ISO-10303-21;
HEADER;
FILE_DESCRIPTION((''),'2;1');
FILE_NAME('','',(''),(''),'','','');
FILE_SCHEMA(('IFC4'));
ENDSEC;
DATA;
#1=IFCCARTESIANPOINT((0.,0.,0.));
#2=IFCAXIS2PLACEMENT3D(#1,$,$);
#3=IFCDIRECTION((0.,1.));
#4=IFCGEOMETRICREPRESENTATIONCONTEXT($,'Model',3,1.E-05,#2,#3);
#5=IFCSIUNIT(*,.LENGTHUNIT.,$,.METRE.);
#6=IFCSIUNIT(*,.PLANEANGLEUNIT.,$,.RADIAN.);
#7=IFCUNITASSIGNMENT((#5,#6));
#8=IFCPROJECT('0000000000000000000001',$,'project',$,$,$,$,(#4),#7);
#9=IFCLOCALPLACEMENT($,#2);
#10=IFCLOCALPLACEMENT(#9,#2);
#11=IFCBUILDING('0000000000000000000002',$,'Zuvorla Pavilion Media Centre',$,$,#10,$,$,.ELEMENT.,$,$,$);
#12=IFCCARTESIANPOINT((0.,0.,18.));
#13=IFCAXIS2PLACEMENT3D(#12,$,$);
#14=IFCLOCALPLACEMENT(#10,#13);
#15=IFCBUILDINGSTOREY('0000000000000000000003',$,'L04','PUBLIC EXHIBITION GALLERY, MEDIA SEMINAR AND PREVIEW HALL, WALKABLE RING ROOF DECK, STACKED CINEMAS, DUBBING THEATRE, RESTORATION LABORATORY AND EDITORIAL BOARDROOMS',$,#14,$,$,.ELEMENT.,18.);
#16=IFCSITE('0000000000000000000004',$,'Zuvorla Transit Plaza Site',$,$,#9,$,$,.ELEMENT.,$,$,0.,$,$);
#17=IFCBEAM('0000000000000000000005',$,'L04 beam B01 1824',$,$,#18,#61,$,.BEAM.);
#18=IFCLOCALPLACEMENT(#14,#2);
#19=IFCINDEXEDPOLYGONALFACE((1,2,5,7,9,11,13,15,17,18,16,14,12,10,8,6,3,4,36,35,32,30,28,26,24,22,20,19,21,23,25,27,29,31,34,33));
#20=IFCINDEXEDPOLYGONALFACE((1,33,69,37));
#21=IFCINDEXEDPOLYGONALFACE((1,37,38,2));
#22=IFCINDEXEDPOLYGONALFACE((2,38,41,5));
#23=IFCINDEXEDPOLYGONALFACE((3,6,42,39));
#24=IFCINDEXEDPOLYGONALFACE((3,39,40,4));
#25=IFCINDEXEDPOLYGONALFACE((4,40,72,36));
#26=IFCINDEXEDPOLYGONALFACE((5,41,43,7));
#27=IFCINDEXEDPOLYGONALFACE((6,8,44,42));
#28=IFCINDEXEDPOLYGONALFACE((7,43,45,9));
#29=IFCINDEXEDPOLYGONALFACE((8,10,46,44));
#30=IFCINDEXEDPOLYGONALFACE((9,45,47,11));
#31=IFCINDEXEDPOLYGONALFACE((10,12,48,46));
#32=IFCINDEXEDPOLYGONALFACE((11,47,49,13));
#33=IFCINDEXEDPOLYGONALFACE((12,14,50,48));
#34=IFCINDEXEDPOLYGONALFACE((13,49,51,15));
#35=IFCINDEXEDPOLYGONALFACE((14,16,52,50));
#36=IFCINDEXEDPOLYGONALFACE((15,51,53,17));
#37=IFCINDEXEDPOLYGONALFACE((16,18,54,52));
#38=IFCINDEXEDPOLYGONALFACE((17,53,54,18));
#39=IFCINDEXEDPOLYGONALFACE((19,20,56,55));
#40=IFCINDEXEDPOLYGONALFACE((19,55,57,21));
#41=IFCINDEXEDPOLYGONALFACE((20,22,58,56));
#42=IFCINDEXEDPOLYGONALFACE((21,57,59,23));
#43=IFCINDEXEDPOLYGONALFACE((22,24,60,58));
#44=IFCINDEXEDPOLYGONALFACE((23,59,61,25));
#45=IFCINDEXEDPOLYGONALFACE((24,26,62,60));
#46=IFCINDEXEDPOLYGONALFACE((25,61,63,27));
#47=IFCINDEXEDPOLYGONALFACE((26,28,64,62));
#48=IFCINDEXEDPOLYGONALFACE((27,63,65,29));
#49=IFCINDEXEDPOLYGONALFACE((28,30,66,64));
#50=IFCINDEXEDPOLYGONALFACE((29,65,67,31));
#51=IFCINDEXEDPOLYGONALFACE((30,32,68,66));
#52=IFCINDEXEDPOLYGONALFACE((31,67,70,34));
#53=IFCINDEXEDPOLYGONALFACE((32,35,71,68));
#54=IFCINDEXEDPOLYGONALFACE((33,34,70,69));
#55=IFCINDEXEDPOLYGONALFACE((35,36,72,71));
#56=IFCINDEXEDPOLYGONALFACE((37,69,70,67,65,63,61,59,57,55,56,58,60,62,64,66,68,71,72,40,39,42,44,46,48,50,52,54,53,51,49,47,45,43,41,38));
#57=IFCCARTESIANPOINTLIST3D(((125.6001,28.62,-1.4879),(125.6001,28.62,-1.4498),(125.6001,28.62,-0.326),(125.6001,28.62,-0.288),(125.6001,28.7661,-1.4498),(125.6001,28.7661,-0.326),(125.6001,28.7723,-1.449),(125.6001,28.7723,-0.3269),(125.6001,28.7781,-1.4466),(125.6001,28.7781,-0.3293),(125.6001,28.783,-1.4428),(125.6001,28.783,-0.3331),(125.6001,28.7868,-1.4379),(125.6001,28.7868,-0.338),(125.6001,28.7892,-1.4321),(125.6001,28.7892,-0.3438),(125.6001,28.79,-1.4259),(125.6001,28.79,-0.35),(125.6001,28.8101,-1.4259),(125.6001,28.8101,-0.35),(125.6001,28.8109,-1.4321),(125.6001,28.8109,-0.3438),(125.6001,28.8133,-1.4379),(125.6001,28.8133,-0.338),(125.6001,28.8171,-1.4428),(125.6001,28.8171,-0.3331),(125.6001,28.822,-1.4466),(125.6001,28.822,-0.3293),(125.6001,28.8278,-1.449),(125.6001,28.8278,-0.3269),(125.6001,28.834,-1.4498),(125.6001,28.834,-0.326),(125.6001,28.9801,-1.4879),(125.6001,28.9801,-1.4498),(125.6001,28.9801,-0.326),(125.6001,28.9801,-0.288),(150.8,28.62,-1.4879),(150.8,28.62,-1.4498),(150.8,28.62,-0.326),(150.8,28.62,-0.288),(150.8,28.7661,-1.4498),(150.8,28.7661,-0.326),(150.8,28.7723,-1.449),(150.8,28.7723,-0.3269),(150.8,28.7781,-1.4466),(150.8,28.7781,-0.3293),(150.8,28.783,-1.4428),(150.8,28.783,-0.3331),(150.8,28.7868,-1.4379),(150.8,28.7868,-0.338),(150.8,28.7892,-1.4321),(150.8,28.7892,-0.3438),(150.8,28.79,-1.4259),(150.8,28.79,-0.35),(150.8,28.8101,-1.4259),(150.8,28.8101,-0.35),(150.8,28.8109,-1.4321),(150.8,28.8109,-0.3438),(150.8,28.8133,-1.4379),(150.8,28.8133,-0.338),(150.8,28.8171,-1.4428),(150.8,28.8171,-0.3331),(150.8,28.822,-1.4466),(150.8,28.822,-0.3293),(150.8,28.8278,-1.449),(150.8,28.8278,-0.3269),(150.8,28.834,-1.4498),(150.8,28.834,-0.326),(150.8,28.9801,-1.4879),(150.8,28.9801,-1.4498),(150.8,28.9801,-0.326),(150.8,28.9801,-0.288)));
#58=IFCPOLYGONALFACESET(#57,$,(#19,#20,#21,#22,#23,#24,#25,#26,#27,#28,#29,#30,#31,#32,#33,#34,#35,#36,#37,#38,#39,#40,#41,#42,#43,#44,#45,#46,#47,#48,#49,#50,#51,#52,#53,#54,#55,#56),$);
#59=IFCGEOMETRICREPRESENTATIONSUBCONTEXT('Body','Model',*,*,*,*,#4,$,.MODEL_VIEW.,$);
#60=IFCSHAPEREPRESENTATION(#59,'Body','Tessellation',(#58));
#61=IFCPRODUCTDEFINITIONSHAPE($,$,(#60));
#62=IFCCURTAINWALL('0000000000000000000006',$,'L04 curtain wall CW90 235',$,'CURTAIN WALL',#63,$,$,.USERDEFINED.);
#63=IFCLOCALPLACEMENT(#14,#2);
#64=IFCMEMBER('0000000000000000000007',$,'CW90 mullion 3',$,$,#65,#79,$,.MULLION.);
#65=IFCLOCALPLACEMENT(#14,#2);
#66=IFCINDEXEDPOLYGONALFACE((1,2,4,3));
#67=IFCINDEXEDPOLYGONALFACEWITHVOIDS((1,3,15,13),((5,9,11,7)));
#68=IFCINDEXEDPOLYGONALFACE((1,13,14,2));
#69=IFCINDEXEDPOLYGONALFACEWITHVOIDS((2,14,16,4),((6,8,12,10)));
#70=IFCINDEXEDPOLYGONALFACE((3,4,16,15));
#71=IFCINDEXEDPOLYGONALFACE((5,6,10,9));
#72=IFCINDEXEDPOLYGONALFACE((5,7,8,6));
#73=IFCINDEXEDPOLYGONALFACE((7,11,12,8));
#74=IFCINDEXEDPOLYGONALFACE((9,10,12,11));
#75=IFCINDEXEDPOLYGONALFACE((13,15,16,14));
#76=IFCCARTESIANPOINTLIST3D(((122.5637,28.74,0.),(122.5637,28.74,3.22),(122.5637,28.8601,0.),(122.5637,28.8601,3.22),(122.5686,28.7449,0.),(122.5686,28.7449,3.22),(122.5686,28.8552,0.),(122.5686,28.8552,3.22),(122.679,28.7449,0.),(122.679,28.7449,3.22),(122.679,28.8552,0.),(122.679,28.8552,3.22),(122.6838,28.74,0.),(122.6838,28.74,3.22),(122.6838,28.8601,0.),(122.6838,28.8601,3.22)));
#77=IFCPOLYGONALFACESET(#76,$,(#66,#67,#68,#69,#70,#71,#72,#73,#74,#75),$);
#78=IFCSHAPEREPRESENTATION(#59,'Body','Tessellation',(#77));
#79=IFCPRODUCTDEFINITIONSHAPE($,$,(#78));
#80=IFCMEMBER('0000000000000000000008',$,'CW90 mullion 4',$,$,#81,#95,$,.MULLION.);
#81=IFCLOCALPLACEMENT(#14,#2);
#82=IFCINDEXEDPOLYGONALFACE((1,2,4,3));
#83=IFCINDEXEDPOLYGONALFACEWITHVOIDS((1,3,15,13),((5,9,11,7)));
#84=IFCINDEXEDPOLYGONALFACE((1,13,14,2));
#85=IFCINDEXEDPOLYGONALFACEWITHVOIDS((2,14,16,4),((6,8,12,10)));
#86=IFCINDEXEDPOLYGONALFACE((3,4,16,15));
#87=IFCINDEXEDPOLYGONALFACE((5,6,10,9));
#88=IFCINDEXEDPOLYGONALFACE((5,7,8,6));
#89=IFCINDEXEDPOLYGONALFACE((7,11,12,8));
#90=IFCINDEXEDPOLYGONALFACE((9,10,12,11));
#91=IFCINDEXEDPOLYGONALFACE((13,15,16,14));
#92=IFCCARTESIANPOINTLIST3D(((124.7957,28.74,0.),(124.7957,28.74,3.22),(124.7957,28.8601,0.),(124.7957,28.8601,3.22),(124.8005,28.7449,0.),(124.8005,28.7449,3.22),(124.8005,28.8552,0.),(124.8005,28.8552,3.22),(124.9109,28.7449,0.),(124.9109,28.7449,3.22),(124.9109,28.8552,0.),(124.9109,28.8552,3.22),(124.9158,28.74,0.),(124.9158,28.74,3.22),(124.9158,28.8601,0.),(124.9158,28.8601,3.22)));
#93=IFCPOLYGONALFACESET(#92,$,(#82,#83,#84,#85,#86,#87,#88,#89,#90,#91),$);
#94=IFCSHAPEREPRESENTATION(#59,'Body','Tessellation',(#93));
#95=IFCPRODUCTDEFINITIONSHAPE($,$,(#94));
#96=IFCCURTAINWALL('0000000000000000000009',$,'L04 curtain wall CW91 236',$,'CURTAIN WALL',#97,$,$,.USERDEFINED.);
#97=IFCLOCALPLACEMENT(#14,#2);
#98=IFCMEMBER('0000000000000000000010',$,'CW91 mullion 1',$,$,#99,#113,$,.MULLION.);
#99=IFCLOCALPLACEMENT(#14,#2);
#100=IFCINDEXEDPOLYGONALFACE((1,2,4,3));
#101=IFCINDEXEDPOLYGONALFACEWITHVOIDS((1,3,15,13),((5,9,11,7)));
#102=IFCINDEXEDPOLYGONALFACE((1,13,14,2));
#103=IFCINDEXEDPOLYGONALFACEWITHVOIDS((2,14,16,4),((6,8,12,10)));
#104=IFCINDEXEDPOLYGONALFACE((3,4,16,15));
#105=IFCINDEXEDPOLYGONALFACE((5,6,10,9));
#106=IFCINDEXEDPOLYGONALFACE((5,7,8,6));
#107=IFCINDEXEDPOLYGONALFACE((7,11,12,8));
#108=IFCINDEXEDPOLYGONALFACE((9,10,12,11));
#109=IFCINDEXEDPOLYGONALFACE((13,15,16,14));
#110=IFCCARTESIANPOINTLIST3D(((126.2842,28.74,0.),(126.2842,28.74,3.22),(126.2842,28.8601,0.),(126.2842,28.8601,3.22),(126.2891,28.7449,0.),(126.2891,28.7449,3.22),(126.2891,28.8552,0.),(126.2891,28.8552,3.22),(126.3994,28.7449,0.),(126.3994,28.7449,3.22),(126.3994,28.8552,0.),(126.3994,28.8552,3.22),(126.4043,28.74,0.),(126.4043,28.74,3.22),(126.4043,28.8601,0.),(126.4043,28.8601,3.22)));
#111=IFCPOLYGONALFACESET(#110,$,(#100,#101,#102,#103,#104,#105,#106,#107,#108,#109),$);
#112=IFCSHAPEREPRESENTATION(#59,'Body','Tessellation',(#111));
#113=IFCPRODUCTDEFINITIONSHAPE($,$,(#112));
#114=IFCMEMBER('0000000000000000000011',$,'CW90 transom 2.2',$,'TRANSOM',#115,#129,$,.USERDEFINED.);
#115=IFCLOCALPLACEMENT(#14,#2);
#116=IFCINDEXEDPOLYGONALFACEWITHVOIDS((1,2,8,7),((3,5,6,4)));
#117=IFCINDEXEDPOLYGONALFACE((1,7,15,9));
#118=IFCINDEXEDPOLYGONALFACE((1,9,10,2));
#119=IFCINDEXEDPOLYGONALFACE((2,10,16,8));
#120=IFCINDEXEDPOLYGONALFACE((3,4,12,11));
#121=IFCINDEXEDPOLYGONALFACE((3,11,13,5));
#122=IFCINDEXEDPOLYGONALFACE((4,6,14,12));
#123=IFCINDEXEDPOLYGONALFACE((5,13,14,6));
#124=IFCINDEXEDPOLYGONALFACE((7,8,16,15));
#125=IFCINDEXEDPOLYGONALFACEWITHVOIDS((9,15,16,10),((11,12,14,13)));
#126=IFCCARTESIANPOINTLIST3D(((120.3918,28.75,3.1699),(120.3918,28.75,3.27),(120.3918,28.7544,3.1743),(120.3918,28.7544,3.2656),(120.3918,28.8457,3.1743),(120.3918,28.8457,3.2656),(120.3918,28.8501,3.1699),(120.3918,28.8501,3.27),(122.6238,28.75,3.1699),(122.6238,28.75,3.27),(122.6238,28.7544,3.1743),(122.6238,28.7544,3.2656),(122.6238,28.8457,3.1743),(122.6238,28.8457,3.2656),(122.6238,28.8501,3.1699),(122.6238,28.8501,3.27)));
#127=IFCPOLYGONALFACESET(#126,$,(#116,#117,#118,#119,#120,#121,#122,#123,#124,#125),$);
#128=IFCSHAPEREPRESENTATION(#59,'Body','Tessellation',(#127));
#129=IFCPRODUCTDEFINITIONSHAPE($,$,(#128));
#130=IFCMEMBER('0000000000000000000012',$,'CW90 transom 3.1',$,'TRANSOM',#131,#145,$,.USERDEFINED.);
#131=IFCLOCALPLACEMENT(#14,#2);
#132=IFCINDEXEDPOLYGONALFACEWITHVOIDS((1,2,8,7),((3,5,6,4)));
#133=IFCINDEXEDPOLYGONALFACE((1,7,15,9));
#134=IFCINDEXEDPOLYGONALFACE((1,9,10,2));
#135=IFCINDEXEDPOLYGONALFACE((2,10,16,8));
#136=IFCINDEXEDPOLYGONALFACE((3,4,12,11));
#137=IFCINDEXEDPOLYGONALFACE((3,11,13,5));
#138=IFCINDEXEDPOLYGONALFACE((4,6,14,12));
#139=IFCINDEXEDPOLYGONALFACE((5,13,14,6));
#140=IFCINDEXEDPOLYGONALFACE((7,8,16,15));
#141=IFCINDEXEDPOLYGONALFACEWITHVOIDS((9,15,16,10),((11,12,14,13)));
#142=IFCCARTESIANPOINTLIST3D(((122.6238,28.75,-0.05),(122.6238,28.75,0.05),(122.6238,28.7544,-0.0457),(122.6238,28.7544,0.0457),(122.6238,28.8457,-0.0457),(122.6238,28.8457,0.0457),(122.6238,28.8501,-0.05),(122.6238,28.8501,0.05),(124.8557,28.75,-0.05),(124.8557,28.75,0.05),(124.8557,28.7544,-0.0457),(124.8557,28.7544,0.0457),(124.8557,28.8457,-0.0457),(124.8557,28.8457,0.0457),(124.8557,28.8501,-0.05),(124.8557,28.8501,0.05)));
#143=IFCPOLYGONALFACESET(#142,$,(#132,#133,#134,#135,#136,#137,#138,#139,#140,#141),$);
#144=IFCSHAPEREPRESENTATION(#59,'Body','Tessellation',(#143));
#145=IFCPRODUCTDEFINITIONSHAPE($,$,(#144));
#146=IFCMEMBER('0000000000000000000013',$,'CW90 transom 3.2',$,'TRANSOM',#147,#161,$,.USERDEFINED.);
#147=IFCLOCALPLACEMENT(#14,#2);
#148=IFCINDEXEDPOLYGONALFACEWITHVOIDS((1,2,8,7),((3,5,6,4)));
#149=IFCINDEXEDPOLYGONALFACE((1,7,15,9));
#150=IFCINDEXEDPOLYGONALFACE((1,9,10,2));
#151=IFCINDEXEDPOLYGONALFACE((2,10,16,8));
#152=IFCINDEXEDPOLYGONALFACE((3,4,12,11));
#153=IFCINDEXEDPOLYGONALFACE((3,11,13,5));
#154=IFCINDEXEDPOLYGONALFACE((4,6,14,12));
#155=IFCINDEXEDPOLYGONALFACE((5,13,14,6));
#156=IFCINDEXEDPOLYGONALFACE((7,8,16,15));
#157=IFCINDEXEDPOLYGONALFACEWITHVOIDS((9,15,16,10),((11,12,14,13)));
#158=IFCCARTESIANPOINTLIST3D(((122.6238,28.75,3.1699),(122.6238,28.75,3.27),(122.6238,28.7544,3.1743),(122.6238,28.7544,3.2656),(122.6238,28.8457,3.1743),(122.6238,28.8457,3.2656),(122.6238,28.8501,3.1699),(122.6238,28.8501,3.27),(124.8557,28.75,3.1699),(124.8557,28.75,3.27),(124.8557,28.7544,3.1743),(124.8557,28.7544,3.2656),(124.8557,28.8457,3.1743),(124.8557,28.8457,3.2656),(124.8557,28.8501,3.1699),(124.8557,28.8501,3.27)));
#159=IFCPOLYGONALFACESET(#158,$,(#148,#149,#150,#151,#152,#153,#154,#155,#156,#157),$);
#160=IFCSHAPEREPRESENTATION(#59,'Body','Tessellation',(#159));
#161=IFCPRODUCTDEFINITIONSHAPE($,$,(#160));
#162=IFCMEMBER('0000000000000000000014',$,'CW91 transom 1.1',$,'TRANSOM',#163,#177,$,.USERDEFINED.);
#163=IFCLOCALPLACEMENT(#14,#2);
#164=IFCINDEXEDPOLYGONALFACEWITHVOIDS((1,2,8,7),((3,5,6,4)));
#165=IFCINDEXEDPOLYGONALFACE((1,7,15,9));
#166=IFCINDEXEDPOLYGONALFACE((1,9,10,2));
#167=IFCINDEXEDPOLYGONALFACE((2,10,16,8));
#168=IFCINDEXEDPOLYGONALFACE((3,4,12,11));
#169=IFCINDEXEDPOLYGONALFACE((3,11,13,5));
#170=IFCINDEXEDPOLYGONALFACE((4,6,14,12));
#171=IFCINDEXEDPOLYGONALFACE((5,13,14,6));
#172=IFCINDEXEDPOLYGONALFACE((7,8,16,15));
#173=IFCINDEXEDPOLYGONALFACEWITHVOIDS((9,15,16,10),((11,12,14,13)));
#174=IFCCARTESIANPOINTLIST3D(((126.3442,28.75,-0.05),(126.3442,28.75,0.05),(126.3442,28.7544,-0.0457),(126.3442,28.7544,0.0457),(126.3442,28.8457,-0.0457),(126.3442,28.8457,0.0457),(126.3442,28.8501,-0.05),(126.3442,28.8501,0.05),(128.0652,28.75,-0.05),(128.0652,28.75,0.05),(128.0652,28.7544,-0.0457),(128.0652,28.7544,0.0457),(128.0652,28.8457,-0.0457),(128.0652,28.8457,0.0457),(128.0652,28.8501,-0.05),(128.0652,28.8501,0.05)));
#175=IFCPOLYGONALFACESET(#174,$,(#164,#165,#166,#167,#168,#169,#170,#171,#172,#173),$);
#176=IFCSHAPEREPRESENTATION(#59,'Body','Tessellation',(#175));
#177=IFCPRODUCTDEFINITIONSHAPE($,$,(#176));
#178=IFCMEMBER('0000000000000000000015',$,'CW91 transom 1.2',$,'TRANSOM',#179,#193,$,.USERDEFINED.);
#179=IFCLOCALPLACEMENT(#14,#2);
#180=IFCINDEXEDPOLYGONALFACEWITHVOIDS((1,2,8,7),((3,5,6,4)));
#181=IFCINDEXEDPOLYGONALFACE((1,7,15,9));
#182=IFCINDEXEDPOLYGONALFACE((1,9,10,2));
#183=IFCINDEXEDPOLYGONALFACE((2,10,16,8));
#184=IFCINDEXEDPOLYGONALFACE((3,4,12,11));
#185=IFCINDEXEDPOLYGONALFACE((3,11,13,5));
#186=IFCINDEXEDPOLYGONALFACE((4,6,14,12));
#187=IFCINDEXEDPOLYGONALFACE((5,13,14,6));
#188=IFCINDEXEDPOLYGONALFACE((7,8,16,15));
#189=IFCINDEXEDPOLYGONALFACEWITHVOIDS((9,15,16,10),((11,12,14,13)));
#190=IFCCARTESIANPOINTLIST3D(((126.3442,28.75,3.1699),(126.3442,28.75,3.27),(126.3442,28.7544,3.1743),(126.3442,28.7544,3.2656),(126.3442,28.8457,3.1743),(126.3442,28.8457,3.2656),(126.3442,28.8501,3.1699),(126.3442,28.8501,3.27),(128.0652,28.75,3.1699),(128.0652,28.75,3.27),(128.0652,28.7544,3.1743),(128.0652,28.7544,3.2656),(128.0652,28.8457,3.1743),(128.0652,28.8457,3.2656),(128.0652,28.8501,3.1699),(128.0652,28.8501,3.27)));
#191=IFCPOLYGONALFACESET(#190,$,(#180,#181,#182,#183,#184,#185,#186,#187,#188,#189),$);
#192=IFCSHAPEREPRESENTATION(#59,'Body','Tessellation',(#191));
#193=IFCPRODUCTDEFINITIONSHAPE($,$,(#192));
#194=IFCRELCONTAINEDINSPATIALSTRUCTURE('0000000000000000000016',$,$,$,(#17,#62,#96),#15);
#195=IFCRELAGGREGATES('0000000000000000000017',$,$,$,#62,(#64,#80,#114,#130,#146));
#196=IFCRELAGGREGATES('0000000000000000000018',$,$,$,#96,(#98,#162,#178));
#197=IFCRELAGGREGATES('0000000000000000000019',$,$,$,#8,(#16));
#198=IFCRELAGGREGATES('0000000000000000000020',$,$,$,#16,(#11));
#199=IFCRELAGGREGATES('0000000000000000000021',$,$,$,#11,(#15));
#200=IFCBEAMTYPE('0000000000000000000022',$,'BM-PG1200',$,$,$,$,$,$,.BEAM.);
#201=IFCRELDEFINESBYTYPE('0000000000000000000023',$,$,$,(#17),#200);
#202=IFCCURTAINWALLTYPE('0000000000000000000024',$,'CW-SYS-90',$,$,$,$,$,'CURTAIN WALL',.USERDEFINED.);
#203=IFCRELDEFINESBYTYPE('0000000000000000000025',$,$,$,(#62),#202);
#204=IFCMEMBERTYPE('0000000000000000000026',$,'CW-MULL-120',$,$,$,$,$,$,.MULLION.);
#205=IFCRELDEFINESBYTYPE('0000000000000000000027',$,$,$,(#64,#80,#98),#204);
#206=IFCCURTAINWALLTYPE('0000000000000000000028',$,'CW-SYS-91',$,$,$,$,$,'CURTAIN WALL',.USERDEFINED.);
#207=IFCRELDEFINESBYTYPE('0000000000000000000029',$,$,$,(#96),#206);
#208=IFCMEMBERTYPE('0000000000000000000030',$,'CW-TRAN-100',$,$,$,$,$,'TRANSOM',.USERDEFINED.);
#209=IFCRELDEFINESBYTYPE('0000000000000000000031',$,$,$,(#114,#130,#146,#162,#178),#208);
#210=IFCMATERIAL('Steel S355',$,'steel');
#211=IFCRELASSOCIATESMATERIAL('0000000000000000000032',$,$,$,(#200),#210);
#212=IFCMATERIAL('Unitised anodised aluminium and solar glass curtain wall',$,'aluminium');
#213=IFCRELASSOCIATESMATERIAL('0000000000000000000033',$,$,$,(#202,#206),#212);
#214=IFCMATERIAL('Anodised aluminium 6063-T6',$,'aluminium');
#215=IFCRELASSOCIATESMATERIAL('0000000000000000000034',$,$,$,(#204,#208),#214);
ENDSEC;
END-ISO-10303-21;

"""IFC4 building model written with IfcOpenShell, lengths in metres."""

from ifc_helpers import new_model, si_unit, direction, frame, origin, origin_2d, place, context, subcontext, project, spatial, hollow_rectangle, i_section, extrude, material, material_profile, profile_set, type_object, element, aggregate, save


model = new_model("IFC4")

# Units and contexts
model_context = context("Model", 3, precision=1e-05, world=origin(), true_north=direction((0.0, 1.0)))
body_context = subcontext(model_context, "Body", "Model", "MODEL_VIEW")
ifc_project = project(units=[si_unit("LENGTHUNIT", "METRE"), si_unit("PLANEANGLEUNIT", "RADIAN")], contexts=[model_context])

# Site, building, storey
site_placement = place(None, origin())
site = spatial("IfcSite", under=ifc_project, at=site_placement, Name="Zuvorla Transit Plaza Site", CompositionType="ELEMENT", RefElevation=0.0)
building_placement = place(site_placement, origin())
building = spatial("IfcBuilding", under=site, at=building_placement, Name="Zuvorla Pavilion Media Centre", CompositionType="ELEMENT")
storey_placement = place(building_placement, frame((0.0, 0.0, 18.0)))
storey = spatial("IfcBuildingStorey", under=building, at=storey_placement, Name="L04", Description="PUBLIC EXHIBITION GALLERY, MEDIA SEMINAR AND PREVIEW HALL, WALKABLE RING ROOF DECK, STACKED CINEMAS, DUBBING THEATRE, RESTORATION LABORATORY AND EDITORIAL BOARDROOMS", CompositionType="ELEMENT", Elevation=18.0)

# Beam
ifc_material_1 = material(Name="Steel S355", Category="steel")
ifc_material_profile_1 = material_profile(ifc_material_1, i_section(OverallWidth=0.3601, OverallDepth=1.2, WebThickness=0.02, FlangeThickness=0.0381, FilletRadius=0.0239, at=origin_2d()), Name="PG 1200x360x38")
ifc_profile_set_1 = profile_set([ifc_material_profile_1], Name="Steel S355")
beam_type = type_object("IfcBeamType", Name="BM-PG1200", PredefinedType="BEAM", material=ifc_profile_set_1)
beam_placement = place(storey_placement, frame((125.6001, 28.8, -0.8879), z_axis=(1.0, 0.0, 0.0), x_axis=(0.0, 1.0, 0.0)))
element("IfcBeam", 1, at=beam_placement, inside=storey, type_object=beam_type, Name="L04 beam B01 1824", PredefinedType="BEAM", context=body_context, shape_type="SweptSolid", body=[
    extrude(i_section(OverallWidth=0.3601, OverallDepth=1.2, WebThickness=0.02, FlangeThickness=0.0381, FilletRadius=0.0239, at=origin_2d()), origin(), (0.0, 0.0, 1.0), 25.2),
])

# Curtain wall, members
ifc_material_2 = material(Name="Unitised anodised aluminium and solar glass curtain wall", Category="aluminium")
curtain_wall_type_1 = type_object("IfcCurtainWallType", Name="CW-SYS-90", ElementType="CURTAIN WALL", PredefinedType="USERDEFINED", material=ifc_material_2)
curtain_wall_1_placement = place(storey_placement, origin())
curtain_wall_1 = element("IfcCurtainWall", 2, at=curtain_wall_1_placement, inside=storey, type_object=curtain_wall_type_1, Name="L04 curtain wall CW90 235", ObjectType="CURTAIN WALL", PredefinedType="USERDEFINED")
ifc_material_3 = material(Name="Anodised aluminium 6063-T6", Category="aluminium")
ifc_material_profile_2 = material_profile(ifc_material_3, hollow_rectangle(XDim=0.1201, YDim=0.1201, WallThickness=0.0049, at=origin_2d()), Name="ALU MULL 120x120")
ifc_profile_set_2 = profile_set([ifc_material_profile_2], Name="Anodised aluminium 6063-T6")
member_type_1 = type_object("IfcMemberType", Name="CW-MULL-120", PredefinedType="MULLION", material=ifc_profile_set_2)
member_1_placement = place(storey_placement, frame((122.6238, 28.8, 0.0), z_axis=(0.0, 0.0, 1.0), x_axis=(1.0, 0.0, 0.0)))
member_1 = element("IfcMember", 3, at=member_1_placement, type_object=member_type_1, Name="CW90 mullion 3", PredefinedType="MULLION", context=body_context, shape_type="SweptSolid", body=[
    extrude(hollow_rectangle(XDim=0.1201, YDim=0.1201, WallThickness=0.0049, at=origin_2d()), origin(), (0.0, 0.0, 1.0), 3.22),
])
member_2_placement = place(storey_placement, frame((124.8557, 28.8, 0.0), z_axis=(0.0, 0.0, 1.0), x_axis=(1.0, 0.0, 0.0)))
member_2 = element("IfcMember", 4, at=member_2_placement, type_object=member_type_1, Name="CW90 mullion 4", PredefinedType="MULLION", context=body_context, shape_type="SweptSolid", body=[
    extrude(hollow_rectangle(XDim=0.1201, YDim=0.1201, WallThickness=0.0049, at=origin_2d()), origin(), (0.0, 0.0, 1.0), 3.22),
])

# Curtain wall, member
curtain_wall_type_2 = type_object("IfcCurtainWallType", Name="CW-SYS-91", ElementType="CURTAIN WALL", PredefinedType="USERDEFINED", material=ifc_material_2)
curtain_wall_2_placement = place(storey_placement, origin())
curtain_wall_2 = element("IfcCurtainWall", 5, at=curtain_wall_2_placement, inside=storey, type_object=curtain_wall_type_2, Name="L04 curtain wall CW91 236", ObjectType="CURTAIN WALL", PredefinedType="USERDEFINED")
member_3_placement = place(storey_placement, frame((126.3442, 28.8, 0.0), z_axis=(0.0, 0.0, 1.0), x_axis=(1.0, 0.0, 0.0)))
member_3 = element("IfcMember", 6, at=member_3_placement, type_object=member_type_1, Name="CW91 mullion 1", PredefinedType="MULLION", context=body_context, shape_type="SweptSolid", body=[
    extrude(hollow_rectangle(XDim=0.1201, YDim=0.1201, WallThickness=0.0049, at=origin_2d()), origin(), (0.0, 0.0, 1.0), 3.22),
])

# Members
ifc_material_profile_3 = material_profile(ifc_material_3, hollow_rectangle(XDim=0.1001, YDim=0.1001, WallThickness=0.0044, at=origin_2d()), Name="ALU TRAN 100x100")
ifc_profile_set_3 = profile_set([ifc_material_profile_3], Name="Anodised aluminium 6063-T6")
member_type_2 = type_object("IfcMemberType", Name="CW-TRAN-100", ElementType="TRANSOM", PredefinedType="USERDEFINED", material=ifc_profile_set_3)
member_4_placement = place(storey_placement, frame((120.3918, 28.8, 3.22), z_axis=(1.0, 0.0, 0.0), x_axis=(0.0, 1.0, 0.0)))
member_4 = element("IfcMember", 7, at=member_4_placement, type_object=member_type_2, Name="CW90 transom 2.2", ObjectType="TRANSOM", PredefinedType="USERDEFINED", context=body_context, shape_type="SweptSolid", body=[
    extrude(hollow_rectangle(XDim=0.1001, YDim=0.1001, WallThickness=0.0044, at=origin_2d()), origin(), (0.0, 0.0, 1.0), 2.2319),
])
member_5_placement = place(storey_placement, frame((122.6238, 28.8, 0.0), z_axis=(1.0, 0.0, 0.0), x_axis=(0.0, 1.0, 0.0)))
member_5 = element("IfcMember", 8, at=member_5_placement, type_object=member_type_2, Name="CW90 transom 3.1", ObjectType="TRANSOM", PredefinedType="USERDEFINED", context=body_context, shape_type="SweptSolid", body=[
    extrude(hollow_rectangle(XDim=0.1001, YDim=0.1001, WallThickness=0.0044, at=origin_2d()), origin(), (0.0, 0.0, 1.0), 2.2319),
])
member_6_placement = place(storey_placement, frame((122.6238, 28.8, 3.22), z_axis=(1.0, 0.0, 0.0), x_axis=(0.0, 1.0, 0.0)))
member_6 = element("IfcMember", 9, at=member_6_placement, type_object=member_type_2, Name="CW90 transom 3.2", ObjectType="TRANSOM", PredefinedType="USERDEFINED", context=body_context, shape_type="SweptSolid", body=[
    extrude(hollow_rectangle(XDim=0.1001, YDim=0.1001, WallThickness=0.0044, at=origin_2d()), origin(), (0.0, 0.0, 1.0), 2.2319),
])
member_7_placement = place(storey_placement, frame((126.3442, 28.8, 0.0), z_axis=(1.0, 0.0, 0.0), x_axis=(0.0, 1.0, 0.0)))
member_7 = element("IfcMember", 10, at=member_7_placement, type_object=member_type_2, Name="CW91 transom 1.1", ObjectType="TRANSOM", PredefinedType="USERDEFINED", context=body_context, shape_type="SweptSolid", body=[
    extrude(hollow_rectangle(XDim=0.1001, YDim=0.1001, WallThickness=0.0044, at=origin_2d()), origin(), (0.0, 0.0, 1.0), 1.7209),
])
member_8_placement = place(storey_placement, frame((126.3442, 28.8, 3.22), z_axis=(1.0, 0.0, 0.0), x_axis=(0.0, 1.0, 0.0)))
member_8 = element("IfcMember", 11, at=member_8_placement, type_object=member_type_2, Name="CW91 transom 1.2", ObjectType="TRANSOM", PredefinedType="USERDEFINED", context=body_context, shape_type="SweptSolid", body=[
    extrude(hollow_rectangle(XDim=0.1001, YDim=0.1001, WallThickness=0.0044, at=origin_2d()), origin(), (0.0, 0.0, 1.0), 1.7209),
])

aggregate(curtain_wall_1, [member_1, member_2, member_4, member_5, member_6])
aggregate(curtain_wall_2, [member_3, member_7, member_8])

save(model, "model.ifc")
